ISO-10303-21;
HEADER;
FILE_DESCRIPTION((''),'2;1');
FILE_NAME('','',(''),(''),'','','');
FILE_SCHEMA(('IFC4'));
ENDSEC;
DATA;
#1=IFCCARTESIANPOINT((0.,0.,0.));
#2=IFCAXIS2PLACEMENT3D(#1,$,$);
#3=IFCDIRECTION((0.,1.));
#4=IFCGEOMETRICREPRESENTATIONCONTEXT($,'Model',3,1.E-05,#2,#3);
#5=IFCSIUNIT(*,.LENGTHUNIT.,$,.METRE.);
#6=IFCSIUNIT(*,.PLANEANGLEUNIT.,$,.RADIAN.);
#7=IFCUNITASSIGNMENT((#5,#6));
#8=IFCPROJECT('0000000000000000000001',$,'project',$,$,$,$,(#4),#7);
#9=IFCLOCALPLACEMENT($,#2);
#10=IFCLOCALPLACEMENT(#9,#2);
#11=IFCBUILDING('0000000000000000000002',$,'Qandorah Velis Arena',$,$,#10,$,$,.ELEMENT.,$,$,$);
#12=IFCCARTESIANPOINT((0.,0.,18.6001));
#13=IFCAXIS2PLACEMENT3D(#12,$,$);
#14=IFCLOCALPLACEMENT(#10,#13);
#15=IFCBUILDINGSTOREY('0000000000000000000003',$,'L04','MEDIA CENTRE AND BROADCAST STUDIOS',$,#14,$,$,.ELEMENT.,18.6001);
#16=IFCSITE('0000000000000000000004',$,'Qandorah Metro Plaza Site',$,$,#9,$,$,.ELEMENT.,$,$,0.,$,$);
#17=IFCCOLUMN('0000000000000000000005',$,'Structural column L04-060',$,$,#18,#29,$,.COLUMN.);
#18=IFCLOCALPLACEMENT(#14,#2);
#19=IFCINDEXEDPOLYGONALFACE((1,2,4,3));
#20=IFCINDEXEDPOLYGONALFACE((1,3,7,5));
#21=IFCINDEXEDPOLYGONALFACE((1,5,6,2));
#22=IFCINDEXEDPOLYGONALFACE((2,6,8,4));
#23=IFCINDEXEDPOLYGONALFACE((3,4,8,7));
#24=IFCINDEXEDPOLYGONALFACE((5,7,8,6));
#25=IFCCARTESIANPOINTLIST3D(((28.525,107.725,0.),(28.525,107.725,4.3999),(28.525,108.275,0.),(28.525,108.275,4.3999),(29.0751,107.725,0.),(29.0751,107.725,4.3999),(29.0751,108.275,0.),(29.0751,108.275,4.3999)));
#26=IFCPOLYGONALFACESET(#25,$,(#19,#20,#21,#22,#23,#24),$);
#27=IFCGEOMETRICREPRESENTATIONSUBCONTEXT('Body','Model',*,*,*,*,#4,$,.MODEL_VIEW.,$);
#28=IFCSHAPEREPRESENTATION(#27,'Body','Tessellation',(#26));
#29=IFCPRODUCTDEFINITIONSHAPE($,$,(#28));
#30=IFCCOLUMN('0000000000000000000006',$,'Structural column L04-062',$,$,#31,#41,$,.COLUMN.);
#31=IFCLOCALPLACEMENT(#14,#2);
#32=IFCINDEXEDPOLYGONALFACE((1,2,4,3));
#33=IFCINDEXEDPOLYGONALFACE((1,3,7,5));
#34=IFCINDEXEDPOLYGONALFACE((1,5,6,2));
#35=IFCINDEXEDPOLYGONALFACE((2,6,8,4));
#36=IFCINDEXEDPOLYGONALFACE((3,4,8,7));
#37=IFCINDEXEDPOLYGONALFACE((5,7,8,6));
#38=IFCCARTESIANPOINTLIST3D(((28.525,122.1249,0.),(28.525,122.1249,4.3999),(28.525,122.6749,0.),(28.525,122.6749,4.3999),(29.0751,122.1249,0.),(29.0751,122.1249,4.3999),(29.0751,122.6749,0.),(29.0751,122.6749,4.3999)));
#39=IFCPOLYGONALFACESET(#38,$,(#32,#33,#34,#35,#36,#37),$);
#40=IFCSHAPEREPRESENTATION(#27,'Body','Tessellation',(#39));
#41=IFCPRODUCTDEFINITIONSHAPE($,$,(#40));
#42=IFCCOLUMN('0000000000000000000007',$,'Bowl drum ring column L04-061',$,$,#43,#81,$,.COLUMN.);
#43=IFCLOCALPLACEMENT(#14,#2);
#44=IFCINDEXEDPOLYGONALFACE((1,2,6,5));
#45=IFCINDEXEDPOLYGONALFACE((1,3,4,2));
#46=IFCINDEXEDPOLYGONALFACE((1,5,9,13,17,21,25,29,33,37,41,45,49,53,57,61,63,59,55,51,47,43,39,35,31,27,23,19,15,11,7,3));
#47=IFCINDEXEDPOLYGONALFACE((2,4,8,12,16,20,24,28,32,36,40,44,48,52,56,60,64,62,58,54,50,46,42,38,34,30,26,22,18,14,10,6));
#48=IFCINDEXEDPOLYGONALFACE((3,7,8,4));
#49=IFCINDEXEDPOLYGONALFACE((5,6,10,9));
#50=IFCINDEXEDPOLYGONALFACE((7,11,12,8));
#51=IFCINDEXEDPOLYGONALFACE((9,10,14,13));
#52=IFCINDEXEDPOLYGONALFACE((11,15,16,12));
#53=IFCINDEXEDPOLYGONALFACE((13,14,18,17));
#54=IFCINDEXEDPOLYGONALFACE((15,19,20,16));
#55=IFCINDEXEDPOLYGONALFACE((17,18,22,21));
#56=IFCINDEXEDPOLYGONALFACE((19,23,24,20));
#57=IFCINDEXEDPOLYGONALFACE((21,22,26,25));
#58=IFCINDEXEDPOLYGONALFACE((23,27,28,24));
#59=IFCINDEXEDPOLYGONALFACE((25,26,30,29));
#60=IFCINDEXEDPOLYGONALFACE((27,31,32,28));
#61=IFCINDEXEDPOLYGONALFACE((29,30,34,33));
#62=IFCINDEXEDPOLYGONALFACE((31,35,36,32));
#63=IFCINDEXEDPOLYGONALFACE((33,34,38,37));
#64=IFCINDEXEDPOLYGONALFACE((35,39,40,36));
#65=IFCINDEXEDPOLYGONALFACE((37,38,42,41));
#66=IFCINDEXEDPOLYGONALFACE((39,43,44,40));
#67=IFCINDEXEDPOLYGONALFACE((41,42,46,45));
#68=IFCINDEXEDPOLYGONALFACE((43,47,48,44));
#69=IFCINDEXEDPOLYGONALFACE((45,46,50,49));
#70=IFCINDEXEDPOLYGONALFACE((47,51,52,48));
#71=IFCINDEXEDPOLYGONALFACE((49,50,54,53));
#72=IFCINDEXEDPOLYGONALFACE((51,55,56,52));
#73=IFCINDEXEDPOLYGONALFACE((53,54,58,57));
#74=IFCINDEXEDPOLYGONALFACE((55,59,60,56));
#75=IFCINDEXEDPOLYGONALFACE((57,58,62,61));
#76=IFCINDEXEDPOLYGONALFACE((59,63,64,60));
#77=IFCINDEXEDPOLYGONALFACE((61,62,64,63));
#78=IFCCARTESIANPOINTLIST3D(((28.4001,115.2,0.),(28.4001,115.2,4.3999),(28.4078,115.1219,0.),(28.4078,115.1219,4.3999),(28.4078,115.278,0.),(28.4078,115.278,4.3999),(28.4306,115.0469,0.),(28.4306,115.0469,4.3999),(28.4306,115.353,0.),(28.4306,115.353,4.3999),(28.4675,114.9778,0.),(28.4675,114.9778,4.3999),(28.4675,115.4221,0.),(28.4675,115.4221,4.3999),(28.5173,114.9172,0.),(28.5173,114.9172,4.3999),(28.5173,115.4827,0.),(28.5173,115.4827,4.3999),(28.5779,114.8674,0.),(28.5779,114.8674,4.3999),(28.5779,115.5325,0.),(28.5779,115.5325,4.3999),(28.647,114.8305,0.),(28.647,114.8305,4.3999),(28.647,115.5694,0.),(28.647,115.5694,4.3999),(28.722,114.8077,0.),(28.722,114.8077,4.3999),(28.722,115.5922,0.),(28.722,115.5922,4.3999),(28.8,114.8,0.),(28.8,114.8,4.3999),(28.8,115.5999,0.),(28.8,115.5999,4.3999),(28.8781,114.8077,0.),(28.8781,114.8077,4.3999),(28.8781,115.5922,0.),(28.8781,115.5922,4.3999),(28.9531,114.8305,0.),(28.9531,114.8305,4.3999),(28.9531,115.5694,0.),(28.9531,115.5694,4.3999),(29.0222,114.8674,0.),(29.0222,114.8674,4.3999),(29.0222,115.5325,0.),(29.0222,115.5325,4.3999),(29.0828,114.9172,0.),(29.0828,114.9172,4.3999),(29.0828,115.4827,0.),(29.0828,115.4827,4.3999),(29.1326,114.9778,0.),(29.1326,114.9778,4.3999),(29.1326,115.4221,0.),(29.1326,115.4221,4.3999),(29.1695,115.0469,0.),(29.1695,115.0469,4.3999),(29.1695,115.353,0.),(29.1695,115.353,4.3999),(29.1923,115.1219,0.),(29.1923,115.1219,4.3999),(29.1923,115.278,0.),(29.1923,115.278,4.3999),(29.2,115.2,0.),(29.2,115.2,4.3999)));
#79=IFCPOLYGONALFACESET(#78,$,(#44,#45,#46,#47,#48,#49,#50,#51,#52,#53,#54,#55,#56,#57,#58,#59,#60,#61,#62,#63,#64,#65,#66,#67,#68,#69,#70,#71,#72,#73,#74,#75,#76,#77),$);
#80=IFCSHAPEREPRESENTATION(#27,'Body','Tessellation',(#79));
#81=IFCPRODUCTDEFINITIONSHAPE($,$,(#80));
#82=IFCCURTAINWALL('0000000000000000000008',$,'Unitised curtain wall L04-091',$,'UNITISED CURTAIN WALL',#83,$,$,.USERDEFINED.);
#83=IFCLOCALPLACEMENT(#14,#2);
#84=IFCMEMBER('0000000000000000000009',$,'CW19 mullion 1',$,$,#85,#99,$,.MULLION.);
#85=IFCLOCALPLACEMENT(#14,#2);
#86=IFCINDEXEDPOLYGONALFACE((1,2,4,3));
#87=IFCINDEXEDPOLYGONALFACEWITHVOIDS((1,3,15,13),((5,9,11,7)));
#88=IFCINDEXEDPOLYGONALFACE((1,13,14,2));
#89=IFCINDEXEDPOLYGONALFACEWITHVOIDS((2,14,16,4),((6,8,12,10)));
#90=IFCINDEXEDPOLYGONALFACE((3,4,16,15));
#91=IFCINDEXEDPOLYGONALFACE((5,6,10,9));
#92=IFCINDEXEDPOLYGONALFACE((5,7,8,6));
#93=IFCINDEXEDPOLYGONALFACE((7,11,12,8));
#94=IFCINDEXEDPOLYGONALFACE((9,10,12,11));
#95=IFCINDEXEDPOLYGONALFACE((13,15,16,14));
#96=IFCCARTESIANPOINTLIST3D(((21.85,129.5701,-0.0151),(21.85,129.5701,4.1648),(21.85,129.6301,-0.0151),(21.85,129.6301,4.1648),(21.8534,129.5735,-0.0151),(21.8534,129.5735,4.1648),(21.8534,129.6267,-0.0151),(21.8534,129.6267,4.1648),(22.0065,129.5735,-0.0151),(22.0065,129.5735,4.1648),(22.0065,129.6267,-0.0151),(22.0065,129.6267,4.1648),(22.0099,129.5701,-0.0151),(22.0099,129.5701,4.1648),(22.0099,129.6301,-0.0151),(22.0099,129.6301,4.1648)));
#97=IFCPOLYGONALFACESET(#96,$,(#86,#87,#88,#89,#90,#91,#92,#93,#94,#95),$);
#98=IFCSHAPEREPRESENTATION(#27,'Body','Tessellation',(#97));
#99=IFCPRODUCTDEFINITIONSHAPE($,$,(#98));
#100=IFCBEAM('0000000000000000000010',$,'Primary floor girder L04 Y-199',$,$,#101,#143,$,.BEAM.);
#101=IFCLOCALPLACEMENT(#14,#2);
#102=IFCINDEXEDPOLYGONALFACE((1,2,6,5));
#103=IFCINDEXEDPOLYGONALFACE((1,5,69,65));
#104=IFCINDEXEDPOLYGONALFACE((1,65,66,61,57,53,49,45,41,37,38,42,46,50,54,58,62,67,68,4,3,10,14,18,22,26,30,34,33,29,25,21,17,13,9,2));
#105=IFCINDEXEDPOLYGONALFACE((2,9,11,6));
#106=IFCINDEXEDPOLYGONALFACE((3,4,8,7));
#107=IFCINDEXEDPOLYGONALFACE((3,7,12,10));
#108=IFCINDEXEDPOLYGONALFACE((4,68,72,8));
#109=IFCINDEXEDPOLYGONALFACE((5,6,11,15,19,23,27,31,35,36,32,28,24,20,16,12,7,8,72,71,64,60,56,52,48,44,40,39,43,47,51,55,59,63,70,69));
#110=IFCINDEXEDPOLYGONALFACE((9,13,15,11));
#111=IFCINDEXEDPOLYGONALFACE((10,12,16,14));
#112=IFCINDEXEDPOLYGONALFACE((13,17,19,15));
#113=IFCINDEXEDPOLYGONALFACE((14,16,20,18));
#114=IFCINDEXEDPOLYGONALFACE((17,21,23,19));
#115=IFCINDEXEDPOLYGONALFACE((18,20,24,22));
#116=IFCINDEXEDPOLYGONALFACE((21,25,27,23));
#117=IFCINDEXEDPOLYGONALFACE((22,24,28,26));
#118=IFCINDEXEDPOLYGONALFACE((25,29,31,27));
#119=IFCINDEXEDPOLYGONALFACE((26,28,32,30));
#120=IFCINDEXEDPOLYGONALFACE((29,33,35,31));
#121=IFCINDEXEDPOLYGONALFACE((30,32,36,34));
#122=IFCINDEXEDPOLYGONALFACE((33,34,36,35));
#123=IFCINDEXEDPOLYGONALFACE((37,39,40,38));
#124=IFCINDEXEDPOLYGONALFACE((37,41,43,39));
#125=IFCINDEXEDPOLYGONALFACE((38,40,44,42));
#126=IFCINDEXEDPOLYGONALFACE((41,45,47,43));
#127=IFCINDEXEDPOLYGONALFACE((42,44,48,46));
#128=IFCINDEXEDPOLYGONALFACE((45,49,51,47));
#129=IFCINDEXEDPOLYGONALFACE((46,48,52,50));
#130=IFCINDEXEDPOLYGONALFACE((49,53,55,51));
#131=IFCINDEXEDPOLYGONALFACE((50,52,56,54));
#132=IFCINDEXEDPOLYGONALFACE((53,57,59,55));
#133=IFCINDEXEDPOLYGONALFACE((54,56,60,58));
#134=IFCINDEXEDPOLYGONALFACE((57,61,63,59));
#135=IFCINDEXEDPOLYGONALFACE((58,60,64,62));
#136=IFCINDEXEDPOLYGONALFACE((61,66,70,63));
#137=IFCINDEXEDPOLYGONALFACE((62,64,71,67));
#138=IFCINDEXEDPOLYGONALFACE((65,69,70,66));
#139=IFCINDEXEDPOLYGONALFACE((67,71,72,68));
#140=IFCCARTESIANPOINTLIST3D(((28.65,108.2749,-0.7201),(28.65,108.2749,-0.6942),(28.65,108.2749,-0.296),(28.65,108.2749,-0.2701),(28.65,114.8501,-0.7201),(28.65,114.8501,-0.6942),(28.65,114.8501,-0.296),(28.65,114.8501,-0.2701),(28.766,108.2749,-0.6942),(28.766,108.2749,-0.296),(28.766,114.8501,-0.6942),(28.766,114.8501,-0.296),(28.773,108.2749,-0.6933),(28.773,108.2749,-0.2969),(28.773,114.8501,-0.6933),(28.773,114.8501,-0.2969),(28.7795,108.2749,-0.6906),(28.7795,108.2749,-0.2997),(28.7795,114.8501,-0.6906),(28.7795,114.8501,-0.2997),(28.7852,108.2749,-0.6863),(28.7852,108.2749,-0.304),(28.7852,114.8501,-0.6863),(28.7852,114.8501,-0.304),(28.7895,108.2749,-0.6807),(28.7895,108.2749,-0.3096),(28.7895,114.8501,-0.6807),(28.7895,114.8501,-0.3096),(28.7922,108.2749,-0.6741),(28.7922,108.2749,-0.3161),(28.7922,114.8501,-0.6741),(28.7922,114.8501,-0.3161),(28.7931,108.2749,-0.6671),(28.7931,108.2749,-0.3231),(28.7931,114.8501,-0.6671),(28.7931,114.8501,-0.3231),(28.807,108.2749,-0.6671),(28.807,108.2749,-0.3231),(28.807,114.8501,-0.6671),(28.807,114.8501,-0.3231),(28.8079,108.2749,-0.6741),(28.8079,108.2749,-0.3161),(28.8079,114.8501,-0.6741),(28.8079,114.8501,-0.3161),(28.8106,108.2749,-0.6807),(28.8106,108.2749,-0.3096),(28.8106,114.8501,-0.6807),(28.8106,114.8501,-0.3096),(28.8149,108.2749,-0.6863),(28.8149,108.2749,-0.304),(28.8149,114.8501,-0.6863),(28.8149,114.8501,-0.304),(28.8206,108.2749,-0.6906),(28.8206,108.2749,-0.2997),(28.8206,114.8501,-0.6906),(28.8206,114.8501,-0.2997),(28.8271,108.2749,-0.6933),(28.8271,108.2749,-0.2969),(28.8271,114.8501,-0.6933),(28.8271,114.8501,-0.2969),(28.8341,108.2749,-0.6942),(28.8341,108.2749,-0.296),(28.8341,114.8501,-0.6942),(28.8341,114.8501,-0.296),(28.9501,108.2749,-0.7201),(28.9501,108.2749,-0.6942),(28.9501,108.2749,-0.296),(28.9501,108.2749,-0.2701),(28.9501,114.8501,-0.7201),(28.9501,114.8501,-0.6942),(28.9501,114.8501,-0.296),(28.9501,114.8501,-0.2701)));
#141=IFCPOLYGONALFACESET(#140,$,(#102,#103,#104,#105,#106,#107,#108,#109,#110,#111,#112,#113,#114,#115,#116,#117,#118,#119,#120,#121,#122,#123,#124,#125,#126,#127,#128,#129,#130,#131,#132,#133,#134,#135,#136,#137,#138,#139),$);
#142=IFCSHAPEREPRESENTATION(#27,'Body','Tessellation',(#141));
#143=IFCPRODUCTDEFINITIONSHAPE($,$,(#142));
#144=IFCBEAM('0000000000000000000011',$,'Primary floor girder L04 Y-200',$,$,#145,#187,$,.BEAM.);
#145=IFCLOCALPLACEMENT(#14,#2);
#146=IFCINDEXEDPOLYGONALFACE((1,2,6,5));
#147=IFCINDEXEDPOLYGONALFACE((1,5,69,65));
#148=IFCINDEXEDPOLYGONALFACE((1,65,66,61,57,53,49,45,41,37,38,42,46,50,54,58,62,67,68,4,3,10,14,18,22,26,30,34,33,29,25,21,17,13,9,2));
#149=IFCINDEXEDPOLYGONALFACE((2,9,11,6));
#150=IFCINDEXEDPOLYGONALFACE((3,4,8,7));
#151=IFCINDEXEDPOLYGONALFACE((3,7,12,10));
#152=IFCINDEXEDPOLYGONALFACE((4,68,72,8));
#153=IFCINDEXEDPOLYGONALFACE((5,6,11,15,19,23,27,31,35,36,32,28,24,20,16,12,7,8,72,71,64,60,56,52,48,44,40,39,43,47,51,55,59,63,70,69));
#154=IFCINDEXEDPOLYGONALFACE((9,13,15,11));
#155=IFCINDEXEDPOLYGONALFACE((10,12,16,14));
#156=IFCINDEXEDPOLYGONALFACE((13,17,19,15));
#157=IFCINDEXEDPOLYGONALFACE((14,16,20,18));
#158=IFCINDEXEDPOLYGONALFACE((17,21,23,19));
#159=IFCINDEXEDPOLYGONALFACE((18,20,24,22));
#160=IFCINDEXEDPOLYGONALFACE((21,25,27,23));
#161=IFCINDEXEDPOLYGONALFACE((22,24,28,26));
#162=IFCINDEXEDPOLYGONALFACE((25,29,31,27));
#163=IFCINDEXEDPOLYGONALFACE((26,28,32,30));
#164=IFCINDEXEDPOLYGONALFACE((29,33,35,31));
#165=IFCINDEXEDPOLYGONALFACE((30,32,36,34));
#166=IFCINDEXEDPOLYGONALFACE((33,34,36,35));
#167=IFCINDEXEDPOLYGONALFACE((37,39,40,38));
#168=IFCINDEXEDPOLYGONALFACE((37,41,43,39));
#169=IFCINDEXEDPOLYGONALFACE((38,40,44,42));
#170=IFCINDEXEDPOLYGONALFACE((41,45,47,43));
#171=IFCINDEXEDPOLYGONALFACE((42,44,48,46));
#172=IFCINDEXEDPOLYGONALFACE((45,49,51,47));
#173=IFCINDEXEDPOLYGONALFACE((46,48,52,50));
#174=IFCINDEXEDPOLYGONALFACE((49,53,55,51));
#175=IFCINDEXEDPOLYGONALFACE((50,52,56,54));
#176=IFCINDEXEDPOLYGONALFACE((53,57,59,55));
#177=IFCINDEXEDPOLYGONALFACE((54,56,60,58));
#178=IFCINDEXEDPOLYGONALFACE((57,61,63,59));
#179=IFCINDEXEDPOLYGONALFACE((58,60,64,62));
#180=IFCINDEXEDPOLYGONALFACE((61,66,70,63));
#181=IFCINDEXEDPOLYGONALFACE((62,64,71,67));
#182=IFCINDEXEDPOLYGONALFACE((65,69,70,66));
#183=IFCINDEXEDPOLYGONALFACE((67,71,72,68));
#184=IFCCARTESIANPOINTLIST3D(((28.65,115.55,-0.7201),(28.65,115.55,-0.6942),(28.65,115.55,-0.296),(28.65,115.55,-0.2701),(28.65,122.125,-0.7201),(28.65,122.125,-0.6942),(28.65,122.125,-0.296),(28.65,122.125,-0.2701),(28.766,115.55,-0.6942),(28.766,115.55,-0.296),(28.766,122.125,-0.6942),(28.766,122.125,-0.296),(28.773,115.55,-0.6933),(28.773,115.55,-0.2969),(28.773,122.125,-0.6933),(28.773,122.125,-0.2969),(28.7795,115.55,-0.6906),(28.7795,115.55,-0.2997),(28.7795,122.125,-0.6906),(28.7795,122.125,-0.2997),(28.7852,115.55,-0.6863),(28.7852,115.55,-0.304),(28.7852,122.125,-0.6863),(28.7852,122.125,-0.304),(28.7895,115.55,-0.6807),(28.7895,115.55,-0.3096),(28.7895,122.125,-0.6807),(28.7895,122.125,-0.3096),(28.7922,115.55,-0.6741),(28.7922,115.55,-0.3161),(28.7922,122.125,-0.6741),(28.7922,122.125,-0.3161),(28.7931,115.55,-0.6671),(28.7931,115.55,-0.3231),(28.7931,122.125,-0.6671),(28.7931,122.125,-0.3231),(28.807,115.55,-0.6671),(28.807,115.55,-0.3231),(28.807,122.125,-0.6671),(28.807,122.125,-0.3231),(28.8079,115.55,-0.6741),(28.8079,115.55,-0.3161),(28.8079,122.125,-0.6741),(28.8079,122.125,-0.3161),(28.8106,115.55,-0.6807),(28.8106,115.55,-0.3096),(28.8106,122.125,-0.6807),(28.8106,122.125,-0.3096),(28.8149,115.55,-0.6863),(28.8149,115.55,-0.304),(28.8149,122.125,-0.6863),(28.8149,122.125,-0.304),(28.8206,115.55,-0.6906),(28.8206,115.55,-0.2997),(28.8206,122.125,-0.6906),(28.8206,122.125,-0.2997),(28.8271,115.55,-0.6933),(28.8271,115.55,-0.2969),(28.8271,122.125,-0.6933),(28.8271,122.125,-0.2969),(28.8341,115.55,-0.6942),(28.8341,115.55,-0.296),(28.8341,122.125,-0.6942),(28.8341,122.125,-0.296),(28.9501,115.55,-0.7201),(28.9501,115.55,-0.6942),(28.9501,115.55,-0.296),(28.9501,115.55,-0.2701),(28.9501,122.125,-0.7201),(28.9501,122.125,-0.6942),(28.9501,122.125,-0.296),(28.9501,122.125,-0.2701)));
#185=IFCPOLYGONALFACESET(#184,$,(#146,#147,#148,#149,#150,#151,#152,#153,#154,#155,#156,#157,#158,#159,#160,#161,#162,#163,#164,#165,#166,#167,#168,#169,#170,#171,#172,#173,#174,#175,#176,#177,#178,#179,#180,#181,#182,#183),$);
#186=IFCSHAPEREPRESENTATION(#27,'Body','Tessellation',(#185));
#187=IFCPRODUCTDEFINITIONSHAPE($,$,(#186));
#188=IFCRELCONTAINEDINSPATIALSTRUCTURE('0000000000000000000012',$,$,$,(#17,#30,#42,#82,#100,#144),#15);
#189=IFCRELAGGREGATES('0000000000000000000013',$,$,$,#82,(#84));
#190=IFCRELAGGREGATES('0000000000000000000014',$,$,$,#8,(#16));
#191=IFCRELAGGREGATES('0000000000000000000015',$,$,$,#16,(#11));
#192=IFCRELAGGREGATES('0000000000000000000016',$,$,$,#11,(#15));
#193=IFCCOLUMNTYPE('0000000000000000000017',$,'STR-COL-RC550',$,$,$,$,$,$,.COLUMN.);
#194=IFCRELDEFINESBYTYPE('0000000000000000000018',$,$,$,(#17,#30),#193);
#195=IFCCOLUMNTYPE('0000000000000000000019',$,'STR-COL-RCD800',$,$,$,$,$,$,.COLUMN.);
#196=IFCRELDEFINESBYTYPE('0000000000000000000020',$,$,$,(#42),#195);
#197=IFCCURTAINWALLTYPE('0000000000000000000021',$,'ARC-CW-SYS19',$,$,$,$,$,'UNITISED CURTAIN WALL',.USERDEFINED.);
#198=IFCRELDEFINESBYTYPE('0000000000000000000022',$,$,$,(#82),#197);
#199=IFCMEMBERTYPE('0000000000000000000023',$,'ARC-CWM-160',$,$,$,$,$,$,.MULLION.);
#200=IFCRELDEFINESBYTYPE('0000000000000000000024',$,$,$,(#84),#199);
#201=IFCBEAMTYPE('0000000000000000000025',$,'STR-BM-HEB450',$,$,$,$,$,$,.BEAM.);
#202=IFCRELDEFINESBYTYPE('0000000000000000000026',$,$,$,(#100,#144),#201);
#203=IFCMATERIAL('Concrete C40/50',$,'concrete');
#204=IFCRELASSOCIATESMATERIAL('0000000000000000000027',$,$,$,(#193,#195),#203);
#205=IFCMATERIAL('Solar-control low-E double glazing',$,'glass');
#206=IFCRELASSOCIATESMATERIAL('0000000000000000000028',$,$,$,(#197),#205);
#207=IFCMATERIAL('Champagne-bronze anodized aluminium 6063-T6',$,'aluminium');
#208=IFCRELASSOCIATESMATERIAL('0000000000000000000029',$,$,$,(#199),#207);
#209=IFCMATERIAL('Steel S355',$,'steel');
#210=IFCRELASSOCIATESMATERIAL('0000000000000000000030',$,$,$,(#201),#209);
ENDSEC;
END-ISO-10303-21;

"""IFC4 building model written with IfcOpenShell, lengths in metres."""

from ifc_helpers import new_model, si_unit, direction, frame, origin, origin_2d, place, context, subcontext, project, spatial, rectangle, hollow_rectangle, circle, i_section, extrude, material, material_profile, profile_set, type_object, element, aggregate, save


model = new_model("IFC4")

# Units and contexts
model_context = context("Model", 3, precision=1e-05, world=origin(), true_north=direction((0.0, 1.0)))
body_context = subcontext(model_context, "Body", "Model", "MODEL_VIEW")
ifc_project = project(units=[si_unit("LENGTHUNIT", "METRE"), si_unit("PLANEANGLEUNIT", "RADIAN")], contexts=[model_context])

# Site, building, storey
site_placement = place(None, origin())
site = spatial("IfcSite", under=ifc_project, at=site_placement, Name="Qandorah Metro Plaza Site", CompositionType="ELEMENT", RefElevation=0.0)
building_placement = place(site_placement, origin())
building = spatial("IfcBuilding", under=site, at=building_placement, Name="Qandorah Velis Arena", CompositionType="ELEMENT")
storey_placement = place(building_placement, frame((0.0, 0.0, 18.6001)))
storey = spatial("IfcBuildingStorey", under=building, at=storey_placement, Name="L04", Description="MEDIA CENTRE AND BROADCAST STUDIOS", CompositionType="ELEMENT", Elevation=18.6001)

# Columns
ifc_material_1 = material(Name="Concrete C40/50", Category="concrete")
ifc_material_profile_1 = material_profile(ifc_material_1, rectangle(XDim=0.55, YDim=0.55, at=origin_2d()), Name="RC COL 550x550")
ifc_profile_set_1 = profile_set([ifc_material_profile_1], Name="Concrete C40/50")
column_type_1 = type_object("IfcColumnType", Name="STR-COL-RC550", PredefinedType="COLUMN", material=ifc_profile_set_1)
for number, where, z_axis, x_axis, name in (
    (1, (28.8, 108.0, 0.0), (0.0, 0.0, 1.0), (1.0, 0.0, 0.0), "Structural column L04-060"),
    (2, (28.8, 122.3999, 0.0), (0.0, 0.0, 1.0), (1.0, 0.0, 0.0), "Structural column L04-062"),
):
    element("IfcColumn", number, at=place(storey_placement, frame(where, z_axis=z_axis, x_axis=x_axis)), inside=storey, type_object=column_type_1, Name=name, PredefinedType="COLUMN", context=body_context, shape_type="SweptSolid", body=[
        extrude(rectangle(XDim=0.55, YDim=0.55, at=origin_2d()), origin(), (0.0, 0.0, 1.0), 4.3999),
    ])
ifc_material_profile_2 = material_profile(ifc_material_1, circle(Radius=0.3999, at=origin_2d()), Name="RC D800")
ifc_profile_set_2 = profile_set([ifc_material_profile_2], Name="Concrete C40/50")
column_type_2 = type_object("IfcColumnType", Name="STR-COL-RCD800", PredefinedType="COLUMN", material=ifc_profile_set_2)
column_placement = place(storey_placement, frame((28.8, 115.2, 0.0), z_axis=(0.0, 0.0, 1.0), x_axis=(1.0, 0.0, 0.0)))
element("IfcColumn", 3, at=column_placement, inside=storey, type_object=column_type_2, Name="Bowl drum ring column L04-061", PredefinedType="COLUMN", context=body_context, shape_type="SweptSolid", body=[
    extrude(circle(Radius=0.3999, at=origin_2d()), origin(), (0.0, 0.0, 1.0), 4.3999),
])

# Curtain wall, member
ifc_material_2 = material(Name="Solar-control low-E double glazing", Category="glass")
curtain_wall_type = type_object("IfcCurtainWallType", Name="ARC-CW-SYS19", ElementType="UNITISED CURTAIN WALL", PredefinedType="USERDEFINED", material=ifc_material_2)
curtain_wall_placement = place(storey_placement, origin())
curtain_wall = element("IfcCurtainWall", 4, at=curtain_wall_placement, inside=storey, type_object=curtain_wall_type, Name="Unitised curtain wall L04-091", ObjectType="UNITISED CURTAIN WALL", PredefinedType="USERDEFINED")
ifc_material_3 = material(Name="Champagne-bronze anodized aluminium 6063-T6", Category="aluminium")
ifc_material_profile_3 = material_profile(ifc_material_3, hollow_rectangle(XDim=0.0601, YDim=0.1599, WallThickness=0.0034, at=origin_2d()), Name="ALU MULLION 60x160")
ifc_profile_set_3 = profile_set([ifc_material_profile_3], Name="Champagne-bronze anodized aluminium 6063-T6")
member_type = type_object("IfcMemberType", Name="ARC-CWM-160", PredefinedType="MULLION", material=ifc_profile_set_3)
member_placement = place(storey_placement, frame((21.9299, 129.6001, -0.0151), z_axis=(0.0, 0.0, 1.0), x_axis=(0.0, 1.0, 0.0)))
member = element("IfcMember", 5, at=member_placement, type_object=member_type, Name="CW19 mullion 1", PredefinedType="MULLION", context=body_context, shape_type="SweptSolid", body=[
    extrude(hollow_rectangle(XDim=0.0601, YDim=0.1599, WallThickness=0.0034, at=origin_2d()), origin(), (0.0, 0.0, 1.0), 4.1799),
])
aggregate(curtain_wall, [member])

# Beams
ifc_material_4 = material(Name="Steel S355", Category="steel")
ifc_material_profile_4 = material_profile(ifc_material_4, i_section(OverallWidth=0.3, OverallDepth=0.45, WebThickness=0.0139, FlangeThickness=0.0259, FilletRadius=0.0271, at=origin_2d()), Name="HEB 450")
ifc_profile_set_4 = profile_set([ifc_material_profile_4], Name="Steel S355")
beam_type_1 = type_object("IfcBeamType", Name="STR-BM-HEB450", PredefinedType="BEAM", material=ifc_profile_set_4)
beam_1_placement = place(storey_placement, frame((28.8, 108.2749, -0.4951), z_axis=(0.0, 1.0, 0.0), x_axis=(-1.0, 0.0, 0.0)))
element("IfcBeam", 6, at=beam_1_placement, inside=storey, type_object=beam_type_1, Name="Primary floor girder L04 Y-199", PredefinedType="BEAM", context=body_context, shape_type="SweptSolid", body=[
    extrude(i_section(OverallWidth=0.3, OverallDepth=0.45, WebThickness=0.0139, FlangeThickness=0.0259, FilletRadius=0.0271, at=origin_2d()), origin(), (0.0, 0.0, 1.0), 6.5752),
])
beam_2_placement = place(storey_placement, frame((28.8, 115.55, -0.4951), z_axis=(0.0, 1.0, 0.0), x_axis=(-1.0, 0.0, 0.0)))
element("IfcBeam", 7, at=beam_2_placement, inside=storey, type_object=beam_type_1, Name="Primary floor girder L04 Y-200", PredefinedType="BEAM", context=body_context, shape_type="SweptSolid", body=[
    extrude(i_section(OverallWidth=0.3, OverallDepth=0.45, WebThickness=0.0139, FlangeThickness=0.0259, FilletRadius=0.0271, at=origin_2d()), origin(), (0.0, 0.0, 1.0), 6.575),
])

save(model, "model.ifc")
